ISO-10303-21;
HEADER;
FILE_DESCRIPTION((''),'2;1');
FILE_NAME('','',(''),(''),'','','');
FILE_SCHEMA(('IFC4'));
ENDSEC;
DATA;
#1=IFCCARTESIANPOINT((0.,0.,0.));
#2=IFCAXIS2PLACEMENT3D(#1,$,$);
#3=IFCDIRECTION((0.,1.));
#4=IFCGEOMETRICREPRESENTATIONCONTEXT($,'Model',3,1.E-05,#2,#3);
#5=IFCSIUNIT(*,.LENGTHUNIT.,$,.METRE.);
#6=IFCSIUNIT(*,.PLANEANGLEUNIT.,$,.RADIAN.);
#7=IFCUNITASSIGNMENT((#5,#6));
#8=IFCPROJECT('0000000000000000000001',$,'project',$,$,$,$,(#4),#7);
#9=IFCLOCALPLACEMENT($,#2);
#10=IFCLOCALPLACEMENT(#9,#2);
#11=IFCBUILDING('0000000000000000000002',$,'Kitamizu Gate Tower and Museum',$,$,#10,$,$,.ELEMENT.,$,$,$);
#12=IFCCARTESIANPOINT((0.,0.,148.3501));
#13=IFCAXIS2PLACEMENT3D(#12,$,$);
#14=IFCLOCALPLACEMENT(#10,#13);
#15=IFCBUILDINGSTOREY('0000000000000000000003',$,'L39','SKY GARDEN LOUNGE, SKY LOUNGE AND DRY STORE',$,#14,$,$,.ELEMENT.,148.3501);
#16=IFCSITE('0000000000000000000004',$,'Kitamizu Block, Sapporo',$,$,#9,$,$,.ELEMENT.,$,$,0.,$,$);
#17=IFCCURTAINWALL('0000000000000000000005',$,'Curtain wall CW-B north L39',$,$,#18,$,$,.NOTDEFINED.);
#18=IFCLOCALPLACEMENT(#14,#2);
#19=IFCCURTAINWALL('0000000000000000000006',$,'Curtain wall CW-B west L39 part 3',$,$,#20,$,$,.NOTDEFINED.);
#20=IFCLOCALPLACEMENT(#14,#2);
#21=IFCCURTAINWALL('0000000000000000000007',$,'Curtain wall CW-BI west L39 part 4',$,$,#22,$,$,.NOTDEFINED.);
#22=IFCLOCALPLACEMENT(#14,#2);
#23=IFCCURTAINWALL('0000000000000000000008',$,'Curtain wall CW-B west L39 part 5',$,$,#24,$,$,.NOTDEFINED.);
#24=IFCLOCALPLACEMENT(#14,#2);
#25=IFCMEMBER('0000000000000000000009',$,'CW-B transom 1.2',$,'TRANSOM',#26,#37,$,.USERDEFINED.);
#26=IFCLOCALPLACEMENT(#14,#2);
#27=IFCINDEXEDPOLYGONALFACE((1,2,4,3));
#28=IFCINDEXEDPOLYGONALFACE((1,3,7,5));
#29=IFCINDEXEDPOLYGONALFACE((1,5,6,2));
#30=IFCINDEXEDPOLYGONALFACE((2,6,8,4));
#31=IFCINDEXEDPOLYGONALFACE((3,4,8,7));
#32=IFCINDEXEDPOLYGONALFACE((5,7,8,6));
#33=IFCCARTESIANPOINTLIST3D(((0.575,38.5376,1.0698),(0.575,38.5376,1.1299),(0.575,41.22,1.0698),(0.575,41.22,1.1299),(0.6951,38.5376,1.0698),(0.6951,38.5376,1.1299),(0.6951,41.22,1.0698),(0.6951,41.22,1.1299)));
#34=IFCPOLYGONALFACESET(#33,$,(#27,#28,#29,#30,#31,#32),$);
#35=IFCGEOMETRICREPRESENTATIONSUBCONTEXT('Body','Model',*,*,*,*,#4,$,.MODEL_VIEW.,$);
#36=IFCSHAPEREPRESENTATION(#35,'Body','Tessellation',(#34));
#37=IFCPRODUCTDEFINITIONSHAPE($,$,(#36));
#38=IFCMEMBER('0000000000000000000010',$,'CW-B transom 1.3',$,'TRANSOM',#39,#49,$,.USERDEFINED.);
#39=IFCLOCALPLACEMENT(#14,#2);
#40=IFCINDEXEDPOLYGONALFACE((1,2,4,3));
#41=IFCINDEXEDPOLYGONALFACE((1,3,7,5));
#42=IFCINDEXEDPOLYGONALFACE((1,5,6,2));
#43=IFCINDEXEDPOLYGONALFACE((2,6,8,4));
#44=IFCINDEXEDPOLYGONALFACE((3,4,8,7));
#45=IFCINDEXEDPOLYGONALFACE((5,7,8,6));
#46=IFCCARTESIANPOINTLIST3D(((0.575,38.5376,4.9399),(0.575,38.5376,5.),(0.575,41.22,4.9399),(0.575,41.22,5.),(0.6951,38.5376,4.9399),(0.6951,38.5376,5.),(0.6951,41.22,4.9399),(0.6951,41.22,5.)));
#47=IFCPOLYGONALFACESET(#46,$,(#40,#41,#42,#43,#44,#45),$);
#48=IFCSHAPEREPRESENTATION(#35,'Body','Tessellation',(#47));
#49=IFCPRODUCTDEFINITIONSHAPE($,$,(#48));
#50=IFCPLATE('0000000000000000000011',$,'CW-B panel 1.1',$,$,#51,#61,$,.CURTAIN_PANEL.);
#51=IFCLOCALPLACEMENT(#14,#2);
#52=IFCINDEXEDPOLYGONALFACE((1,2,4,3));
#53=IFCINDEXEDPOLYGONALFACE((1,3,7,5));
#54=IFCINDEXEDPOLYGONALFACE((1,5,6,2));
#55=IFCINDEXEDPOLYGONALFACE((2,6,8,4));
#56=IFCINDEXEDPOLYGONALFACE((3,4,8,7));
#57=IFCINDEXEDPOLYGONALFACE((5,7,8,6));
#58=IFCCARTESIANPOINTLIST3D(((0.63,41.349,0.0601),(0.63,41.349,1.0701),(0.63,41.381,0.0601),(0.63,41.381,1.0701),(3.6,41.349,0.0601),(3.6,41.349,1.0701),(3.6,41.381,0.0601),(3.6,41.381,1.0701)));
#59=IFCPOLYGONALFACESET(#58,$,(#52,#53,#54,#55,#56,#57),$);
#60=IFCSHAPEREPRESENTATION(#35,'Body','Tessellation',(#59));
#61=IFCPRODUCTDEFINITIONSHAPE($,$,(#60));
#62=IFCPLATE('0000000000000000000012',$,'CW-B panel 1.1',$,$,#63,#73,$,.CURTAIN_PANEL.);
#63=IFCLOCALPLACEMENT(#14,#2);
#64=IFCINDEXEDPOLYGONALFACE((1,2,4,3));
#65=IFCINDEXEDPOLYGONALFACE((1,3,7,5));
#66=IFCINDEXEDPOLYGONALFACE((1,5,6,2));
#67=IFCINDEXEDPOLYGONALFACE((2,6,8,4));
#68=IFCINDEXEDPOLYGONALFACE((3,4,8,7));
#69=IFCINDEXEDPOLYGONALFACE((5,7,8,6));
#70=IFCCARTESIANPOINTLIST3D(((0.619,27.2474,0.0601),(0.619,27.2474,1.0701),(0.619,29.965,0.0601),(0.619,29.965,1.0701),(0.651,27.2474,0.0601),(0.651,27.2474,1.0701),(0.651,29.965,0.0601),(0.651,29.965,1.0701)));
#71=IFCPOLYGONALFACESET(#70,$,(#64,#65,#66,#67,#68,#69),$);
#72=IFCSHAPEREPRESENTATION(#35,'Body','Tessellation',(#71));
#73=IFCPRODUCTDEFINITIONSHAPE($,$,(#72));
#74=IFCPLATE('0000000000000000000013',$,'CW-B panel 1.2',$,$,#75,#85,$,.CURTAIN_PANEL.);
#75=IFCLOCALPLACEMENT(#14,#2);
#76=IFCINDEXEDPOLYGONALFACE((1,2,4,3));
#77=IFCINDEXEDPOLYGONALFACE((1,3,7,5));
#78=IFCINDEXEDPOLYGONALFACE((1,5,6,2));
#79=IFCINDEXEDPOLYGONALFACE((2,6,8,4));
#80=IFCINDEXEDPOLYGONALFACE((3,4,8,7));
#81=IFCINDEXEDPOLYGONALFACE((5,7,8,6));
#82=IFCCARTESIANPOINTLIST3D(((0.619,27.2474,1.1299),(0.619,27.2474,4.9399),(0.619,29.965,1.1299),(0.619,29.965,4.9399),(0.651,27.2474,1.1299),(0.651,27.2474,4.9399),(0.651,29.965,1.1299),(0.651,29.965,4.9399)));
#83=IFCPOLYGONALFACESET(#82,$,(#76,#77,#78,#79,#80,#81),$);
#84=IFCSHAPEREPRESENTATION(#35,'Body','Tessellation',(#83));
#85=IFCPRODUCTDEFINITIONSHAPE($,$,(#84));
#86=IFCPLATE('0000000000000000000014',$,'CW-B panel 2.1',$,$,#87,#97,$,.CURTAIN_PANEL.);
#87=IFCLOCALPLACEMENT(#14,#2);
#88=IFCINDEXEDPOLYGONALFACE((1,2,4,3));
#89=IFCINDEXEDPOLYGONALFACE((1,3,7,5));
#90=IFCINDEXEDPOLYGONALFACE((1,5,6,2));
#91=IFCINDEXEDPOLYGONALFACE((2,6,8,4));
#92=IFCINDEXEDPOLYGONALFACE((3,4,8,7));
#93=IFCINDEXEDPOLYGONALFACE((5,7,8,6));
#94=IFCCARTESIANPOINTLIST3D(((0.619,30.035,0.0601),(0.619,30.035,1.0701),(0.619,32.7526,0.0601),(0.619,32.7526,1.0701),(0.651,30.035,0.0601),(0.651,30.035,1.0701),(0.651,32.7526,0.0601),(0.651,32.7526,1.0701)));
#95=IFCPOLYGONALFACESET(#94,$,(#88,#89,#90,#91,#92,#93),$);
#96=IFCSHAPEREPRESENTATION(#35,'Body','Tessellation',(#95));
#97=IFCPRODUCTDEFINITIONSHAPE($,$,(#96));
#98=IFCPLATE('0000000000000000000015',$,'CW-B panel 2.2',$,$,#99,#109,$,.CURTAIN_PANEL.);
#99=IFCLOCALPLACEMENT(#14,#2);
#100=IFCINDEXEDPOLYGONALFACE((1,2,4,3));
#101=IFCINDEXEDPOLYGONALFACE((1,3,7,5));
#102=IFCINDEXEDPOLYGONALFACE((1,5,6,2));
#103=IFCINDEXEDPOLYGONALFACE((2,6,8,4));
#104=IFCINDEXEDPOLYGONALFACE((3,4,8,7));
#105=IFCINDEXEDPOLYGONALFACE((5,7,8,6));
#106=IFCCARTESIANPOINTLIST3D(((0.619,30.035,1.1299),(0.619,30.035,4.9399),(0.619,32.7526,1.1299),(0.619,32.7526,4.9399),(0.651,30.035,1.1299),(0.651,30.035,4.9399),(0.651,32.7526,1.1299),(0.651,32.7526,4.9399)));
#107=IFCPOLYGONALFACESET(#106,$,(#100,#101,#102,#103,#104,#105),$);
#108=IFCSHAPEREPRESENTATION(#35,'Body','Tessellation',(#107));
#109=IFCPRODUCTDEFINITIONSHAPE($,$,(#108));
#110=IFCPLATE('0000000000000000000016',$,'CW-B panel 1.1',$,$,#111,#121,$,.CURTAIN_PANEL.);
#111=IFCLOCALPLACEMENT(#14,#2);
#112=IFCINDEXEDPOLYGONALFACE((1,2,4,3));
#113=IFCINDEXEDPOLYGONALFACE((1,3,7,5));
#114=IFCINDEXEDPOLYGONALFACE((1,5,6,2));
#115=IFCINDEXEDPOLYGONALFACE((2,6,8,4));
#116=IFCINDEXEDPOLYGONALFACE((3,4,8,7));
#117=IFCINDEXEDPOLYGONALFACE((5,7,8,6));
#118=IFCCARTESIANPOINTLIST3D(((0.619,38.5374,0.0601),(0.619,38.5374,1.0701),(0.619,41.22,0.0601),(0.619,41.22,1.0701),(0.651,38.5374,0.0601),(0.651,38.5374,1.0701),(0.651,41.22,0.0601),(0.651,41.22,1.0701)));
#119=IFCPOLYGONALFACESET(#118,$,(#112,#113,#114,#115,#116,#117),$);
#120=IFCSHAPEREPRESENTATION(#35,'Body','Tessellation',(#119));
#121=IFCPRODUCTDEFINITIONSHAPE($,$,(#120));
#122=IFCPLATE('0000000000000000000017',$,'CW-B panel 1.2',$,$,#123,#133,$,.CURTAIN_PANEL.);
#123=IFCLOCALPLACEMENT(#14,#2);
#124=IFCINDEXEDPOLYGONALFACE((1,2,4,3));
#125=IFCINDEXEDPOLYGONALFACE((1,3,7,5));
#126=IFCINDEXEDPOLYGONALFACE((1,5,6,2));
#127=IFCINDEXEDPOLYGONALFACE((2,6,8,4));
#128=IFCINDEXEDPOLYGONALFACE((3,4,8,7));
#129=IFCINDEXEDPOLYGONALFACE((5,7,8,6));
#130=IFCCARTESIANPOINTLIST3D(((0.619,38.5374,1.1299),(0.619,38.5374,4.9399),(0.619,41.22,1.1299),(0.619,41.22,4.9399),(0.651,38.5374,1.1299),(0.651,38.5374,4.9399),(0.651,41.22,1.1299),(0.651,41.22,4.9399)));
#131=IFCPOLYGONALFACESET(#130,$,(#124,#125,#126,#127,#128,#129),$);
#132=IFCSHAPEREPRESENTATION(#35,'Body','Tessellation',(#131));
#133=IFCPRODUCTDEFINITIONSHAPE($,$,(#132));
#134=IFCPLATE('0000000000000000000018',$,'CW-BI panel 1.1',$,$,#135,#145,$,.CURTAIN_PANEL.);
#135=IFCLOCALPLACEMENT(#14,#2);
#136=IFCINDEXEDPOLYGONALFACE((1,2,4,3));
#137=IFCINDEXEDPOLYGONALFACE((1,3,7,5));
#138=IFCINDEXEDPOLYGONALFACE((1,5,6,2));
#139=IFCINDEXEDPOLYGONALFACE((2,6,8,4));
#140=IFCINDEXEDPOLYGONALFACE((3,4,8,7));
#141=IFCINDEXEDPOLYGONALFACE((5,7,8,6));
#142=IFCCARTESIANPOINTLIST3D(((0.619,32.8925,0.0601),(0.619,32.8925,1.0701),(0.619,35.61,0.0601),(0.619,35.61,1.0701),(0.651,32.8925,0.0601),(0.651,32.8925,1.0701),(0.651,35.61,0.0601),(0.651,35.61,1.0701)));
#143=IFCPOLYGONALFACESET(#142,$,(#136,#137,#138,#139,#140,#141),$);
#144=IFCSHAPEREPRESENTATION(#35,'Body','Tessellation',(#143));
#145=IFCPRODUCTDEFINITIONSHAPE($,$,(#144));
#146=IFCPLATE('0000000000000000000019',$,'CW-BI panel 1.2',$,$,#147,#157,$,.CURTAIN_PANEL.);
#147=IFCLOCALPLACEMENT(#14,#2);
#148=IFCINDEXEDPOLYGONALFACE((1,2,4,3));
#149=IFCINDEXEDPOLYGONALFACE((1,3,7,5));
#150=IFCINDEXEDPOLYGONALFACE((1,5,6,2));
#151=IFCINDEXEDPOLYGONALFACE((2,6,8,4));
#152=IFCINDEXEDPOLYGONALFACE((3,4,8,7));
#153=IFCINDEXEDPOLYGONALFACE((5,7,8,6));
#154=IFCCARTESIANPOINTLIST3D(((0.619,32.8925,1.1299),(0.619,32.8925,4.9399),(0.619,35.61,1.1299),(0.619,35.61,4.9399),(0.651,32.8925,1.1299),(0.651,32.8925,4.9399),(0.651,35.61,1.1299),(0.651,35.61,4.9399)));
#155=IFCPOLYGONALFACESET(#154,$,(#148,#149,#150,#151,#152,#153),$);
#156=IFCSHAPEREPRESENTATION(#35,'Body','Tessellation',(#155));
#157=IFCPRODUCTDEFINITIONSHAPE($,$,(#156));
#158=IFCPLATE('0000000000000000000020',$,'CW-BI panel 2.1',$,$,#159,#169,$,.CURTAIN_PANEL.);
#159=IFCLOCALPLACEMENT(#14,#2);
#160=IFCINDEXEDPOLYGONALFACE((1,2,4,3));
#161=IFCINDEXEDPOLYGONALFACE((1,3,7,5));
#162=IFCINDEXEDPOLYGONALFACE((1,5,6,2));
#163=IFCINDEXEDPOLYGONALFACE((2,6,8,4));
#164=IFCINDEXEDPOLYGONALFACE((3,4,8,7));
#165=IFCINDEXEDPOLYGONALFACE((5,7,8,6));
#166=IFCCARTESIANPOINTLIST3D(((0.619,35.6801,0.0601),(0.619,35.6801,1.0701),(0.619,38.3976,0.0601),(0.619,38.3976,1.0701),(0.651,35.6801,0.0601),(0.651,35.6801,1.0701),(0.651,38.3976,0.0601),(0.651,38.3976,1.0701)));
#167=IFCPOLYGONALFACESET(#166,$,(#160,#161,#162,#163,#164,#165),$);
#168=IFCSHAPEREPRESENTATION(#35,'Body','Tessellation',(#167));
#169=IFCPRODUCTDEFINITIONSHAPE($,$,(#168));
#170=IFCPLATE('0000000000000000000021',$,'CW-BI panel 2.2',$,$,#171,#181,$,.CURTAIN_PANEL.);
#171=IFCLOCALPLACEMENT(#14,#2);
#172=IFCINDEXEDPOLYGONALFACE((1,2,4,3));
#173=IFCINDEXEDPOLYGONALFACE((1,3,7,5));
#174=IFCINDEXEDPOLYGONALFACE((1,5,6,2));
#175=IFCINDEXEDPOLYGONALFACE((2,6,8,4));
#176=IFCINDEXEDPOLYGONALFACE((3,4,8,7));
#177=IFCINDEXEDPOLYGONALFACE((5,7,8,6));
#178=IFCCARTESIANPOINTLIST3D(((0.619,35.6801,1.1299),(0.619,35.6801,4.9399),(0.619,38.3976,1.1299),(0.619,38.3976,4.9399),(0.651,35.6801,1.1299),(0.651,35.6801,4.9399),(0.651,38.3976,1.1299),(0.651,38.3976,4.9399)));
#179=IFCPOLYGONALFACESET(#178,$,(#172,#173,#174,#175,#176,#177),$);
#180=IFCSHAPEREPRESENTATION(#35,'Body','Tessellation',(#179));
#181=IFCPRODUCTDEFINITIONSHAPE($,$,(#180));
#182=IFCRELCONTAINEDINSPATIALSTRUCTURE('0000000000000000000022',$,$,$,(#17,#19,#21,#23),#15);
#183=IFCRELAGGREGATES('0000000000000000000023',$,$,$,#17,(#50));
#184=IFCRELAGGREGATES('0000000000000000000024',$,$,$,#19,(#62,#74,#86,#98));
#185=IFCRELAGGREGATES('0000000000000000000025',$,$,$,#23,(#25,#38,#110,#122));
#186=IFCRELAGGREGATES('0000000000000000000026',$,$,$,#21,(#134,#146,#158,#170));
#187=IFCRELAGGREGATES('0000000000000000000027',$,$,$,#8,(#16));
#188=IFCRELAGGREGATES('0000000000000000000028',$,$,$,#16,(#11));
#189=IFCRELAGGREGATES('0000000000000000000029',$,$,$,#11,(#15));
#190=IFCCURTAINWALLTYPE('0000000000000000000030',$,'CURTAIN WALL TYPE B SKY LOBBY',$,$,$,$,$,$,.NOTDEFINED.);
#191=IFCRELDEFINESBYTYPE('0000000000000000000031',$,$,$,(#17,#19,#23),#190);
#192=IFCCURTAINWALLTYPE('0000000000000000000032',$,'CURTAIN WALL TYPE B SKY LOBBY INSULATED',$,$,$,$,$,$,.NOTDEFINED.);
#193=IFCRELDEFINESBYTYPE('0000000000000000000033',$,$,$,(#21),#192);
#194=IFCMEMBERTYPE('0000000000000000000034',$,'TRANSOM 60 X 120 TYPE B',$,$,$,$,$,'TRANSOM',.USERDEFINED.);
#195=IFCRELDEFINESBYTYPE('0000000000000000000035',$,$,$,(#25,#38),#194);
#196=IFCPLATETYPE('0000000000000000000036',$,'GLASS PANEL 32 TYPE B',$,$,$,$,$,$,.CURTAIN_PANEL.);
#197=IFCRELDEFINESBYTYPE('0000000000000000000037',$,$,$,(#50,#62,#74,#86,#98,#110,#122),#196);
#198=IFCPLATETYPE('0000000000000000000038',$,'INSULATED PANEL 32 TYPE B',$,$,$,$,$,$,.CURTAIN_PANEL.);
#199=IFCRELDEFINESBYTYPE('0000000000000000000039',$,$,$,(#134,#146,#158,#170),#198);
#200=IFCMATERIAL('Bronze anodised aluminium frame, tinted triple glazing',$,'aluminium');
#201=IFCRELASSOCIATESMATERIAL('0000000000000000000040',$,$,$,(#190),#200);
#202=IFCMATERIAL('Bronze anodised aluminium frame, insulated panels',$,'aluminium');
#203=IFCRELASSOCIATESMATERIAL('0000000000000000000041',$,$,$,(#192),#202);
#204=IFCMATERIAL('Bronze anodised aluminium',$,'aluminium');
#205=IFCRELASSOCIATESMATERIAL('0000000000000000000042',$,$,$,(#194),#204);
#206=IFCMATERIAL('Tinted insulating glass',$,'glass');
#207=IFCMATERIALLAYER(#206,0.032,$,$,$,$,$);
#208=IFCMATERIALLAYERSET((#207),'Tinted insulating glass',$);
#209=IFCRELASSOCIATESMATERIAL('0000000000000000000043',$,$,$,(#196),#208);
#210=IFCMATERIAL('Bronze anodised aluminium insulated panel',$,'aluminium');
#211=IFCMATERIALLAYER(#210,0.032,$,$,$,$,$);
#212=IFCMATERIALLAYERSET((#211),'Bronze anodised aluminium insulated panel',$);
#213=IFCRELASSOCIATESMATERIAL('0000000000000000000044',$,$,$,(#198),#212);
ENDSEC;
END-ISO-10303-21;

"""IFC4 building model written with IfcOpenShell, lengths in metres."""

from ifc_helpers import new_model, si_unit, direction, frame, origin, origin_2d, place, context, subcontext, project, spatial, rectangle, extrude, material, layer, layer_set, material_profile, profile_set, type_object, element, aggregate, save


model = new_model("IFC4")

# Units and contexts
model_context = context("Model", 3, precision=1e-05, world=origin(), true_north=direction((0.0, 1.0)))
body_context = subcontext(model_context, "Body", "Model", "MODEL_VIEW")
ifc_project = project(units=[si_unit("LENGTHUNIT", "METRE"), si_unit("PLANEANGLEUNIT", "RADIAN")], contexts=[model_context])

# Site, building, storey
site_placement = place(None, origin())
site = spatial("IfcSite", under=ifc_project, at=site_placement, Name="Kitamizu Block, Sapporo", CompositionType="ELEMENT", RefElevation=0.0)
building_placement = place(site_placement, origin())
building = spatial("IfcBuilding", under=site, at=building_placement, Name="Kitamizu Gate Tower and Museum", CompositionType="ELEMENT")
storey_placement = place(building_placement, frame((0.0, 0.0, 148.3501)))
storey = spatial("IfcBuildingStorey", under=building, at=storey_placement, Name="L39", Description="SKY GARDEN LOUNGE, SKY LOUNGE AND DRY STORE", CompositionType="ELEMENT", Elevation=148.3501)

# Curtain wall
ifc_material_1 = material(Name="Bronze anodised aluminium frame, tinted triple glazing", Category="aluminium")
curtain_wall_type_1 = type_object("IfcCurtainWallType", Name="CURTAIN WALL TYPE B SKY LOBBY", PredefinedType="NOTDEFINED", material=ifc_material_1)
curtain_wall_1_placement = place(storey_placement, origin())
curtain_wall_1 = element("IfcCurtainWall", 1, at=curtain_wall_1_placement, inside=storey, type_object=curtain_wall_type_1, Name="Curtain wall CW-B north L39", PredefinedType="NOTDEFINED")

# Curtain walls
curtain_wall_2_placement = place(storey_placement, origin())
curtain_wall_2 = element("IfcCurtainWall", 2, at=curtain_wall_2_placement, inside=storey, type_object=curtain_wall_type_1, Name="Curtain wall CW-B west L39 part 3", PredefinedType="NOTDEFINED")
ifc_material_2 = material(Name="Bronze anodised aluminium frame, insulated panels", Category="aluminium")
curtain_wall_type_2 = type_object("IfcCurtainWallType", Name="CURTAIN WALL TYPE B SKY LOBBY INSULATED", PredefinedType="NOTDEFINED", material=ifc_material_2)
curtain_wall_3_placement = place(storey_placement, origin())
curtain_wall_3 = element("IfcCurtainWall", 3, at=curtain_wall_3_placement, inside=storey, type_object=curtain_wall_type_2, Name="Curtain wall CW-BI west L39 part 4", PredefinedType="NOTDEFINED")
curtain_wall_4_placement = place(storey_placement, origin())
curtain_wall_4 = element("IfcCurtainWall", 4, at=curtain_wall_4_placement, inside=storey, type_object=curtain_wall_type_1, Name="Curtain wall CW-B west L39 part 5", PredefinedType="NOTDEFINED")

# Members
ifc_material_3 = material(Name="Bronze anodised aluminium", Category="aluminium")
ifc_material_profile_1 = material_profile(ifc_material_3, rectangle(XDim=0.1201, YDim=0.0601, at=origin_2d()), Name="AL 60X120")
ifc_profile_set_1 = profile_set([ifc_material_profile_1], Name="Bronze anodised aluminium")
member_type_1 = type_object("IfcMemberType", Name="TRANSOM 60 X 120 TYPE B", ElementType="TRANSOM", PredefinedType="USERDEFINED", material=ifc_profile_set_1)
member_1_placement = place(storey_placement, frame((0.635, 38.5376, 1.0999), z_axis=(0.0, 1.0, 0.0), x_axis=(-1.0, 0.0, 0.0)))
member_1 = element("IfcMember", 5, at=member_1_placement, type_object=member_type_1, Name="CW-B transom 1.2", ObjectType="TRANSOM", PredefinedType="USERDEFINED", context=body_context, shape_type="SweptSolid", body=[
    extrude(rectangle(XDim=0.1201, YDim=0.0601, at=origin_2d()), origin(), (0.0, 0.0, 1.0), 2.6824),
])
member_2_placement = place(storey_placement, frame((0.635, 38.5376, 4.97), z_axis=(0.0, 1.0, 0.0), x_axis=(-1.0, 0.0, 0.0)))
member_2 = element("IfcMember", 6, at=member_2_placement, type_object=member_type_1, Name="CW-B transom 1.3", ObjectType="TRANSOM", PredefinedType="USERDEFINED", context=body_context, shape_type="SweptSolid", body=[
    extrude(rectangle(XDim=0.1201, YDim=0.0601, at=origin_2d()), origin(), (0.0, 0.0, 1.0), 2.6824),
])

# Plates
ifc_material_4 = material(Name="Tinted insulating glass", Category="glass")
ifc_layer_1 = layer(ifc_material_4, 0.032)
ifc_layer_set_1 = layer_set([ifc_layer_1], Name="Tinted insulating glass")
plate_type_1 = type_object("IfcPlateType", Name="GLASS PANEL 32 TYPE B", PredefinedType="CURTAIN_PANEL", material=ifc_layer_set_1)
plate_1_placement = place(storey_placement, frame((2.115, 41.365, 0.0601), z_axis=(0.0, 0.0, 1.0), x_axis=(1.0, 0.0, 0.0)))
plate_1 = element("IfcPlate", 7, at=plate_1_placement, type_object=plate_type_1, Name="CW-B panel 1.1", PredefinedType="CURTAIN_PANEL", context=body_context, shape_type="SweptSolid", body=[
    extrude(rectangle(XDim=2.97, YDim=0.032, at=origin_2d()), origin(), (0.0, 0.0, 1.0), 1.01),
])
aggregate(curtain_wall_1, [plate_1])
plate_2_placement = place(storey_placement, frame((0.635, 28.6062, 0.0601), z_axis=(0.0, 0.0, 1.0), x_axis=(0.0, 1.0, 0.0)))
plate_2 = element("IfcPlate", 8, at=plate_2_placement, type_object=plate_type_1, Name="CW-B panel 1.1", PredefinedType="CURTAIN_PANEL", context=body_context, shape_type="SweptSolid", body=[
    extrude(rectangle(XDim=2.7175, YDim=0.032, at=origin_2d()), origin(), (0.0, 0.0, 1.0), 1.01),
])
plate_3_placement = place(storey_placement, frame((0.635, 28.6062, 1.1299), z_axis=(0.0, 0.0, 1.0), x_axis=(0.0, 1.0, 0.0)))
plate_3 = element("IfcPlate", 9, at=plate_3_placement, type_object=plate_type_1, Name="CW-B panel 1.2", PredefinedType="CURTAIN_PANEL", context=body_context, shape_type="SweptSolid", body=[
    extrude(rectangle(XDim=2.7175, YDim=0.032, at=origin_2d()), origin(), (0.0, 0.0, 1.0), 3.8101),
])
plate_4_placement = place(storey_placement, frame((0.635, 31.3938, 0.0601), z_axis=(0.0, 0.0, 1.0), x_axis=(0.0, 1.0, 0.0)))
plate_4 = element("IfcPlate", 10, at=plate_4_placement, type_object=plate_type_1, Name="CW-B panel 2.1", PredefinedType="CURTAIN_PANEL", context=body_context, shape_type="SweptSolid", body=[
    extrude(rectangle(XDim=2.7175, YDim=0.032, at=origin_2d()), origin(), (0.0, 0.0, 1.0), 1.01),
])
plate_5_placement = place(storey_placement, frame((0.635, 31.3938, 1.1299), z_axis=(0.0, 0.0, 1.0), x_axis=(0.0, 1.0, 0.0)))
plate_5 = element("IfcPlate", 11, at=plate_5_placement, type_object=plate_type_1, Name="CW-B panel 2.2", PredefinedType="CURTAIN_PANEL", context=body_context, shape_type="SweptSolid", body=[
    extrude(rectangle(XDim=2.7175, YDim=0.032, at=origin_2d()), origin(), (0.0, 0.0, 1.0), 3.8101),
])
aggregate(curtain_wall_2, [plate_2, plate_3, plate_4, plate_5])
plate_6_placement = place(storey_placement, frame((0.635, 39.8787, 0.0601), z_axis=(0.0, 0.0, 1.0), x_axis=(0.0, 1.0, 0.0)))
plate_6 = element("IfcPlate", 12, at=plate_6_placement, type_object=plate_type_1, Name="CW-B panel 1.1", PredefinedType="CURTAIN_PANEL", context=body_context, shape_type="SweptSolid", body=[
    extrude(rectangle(XDim=2.6826, YDim=0.032, at=origin_2d()), origin(), (0.0, 0.0, 1.0), 1.01),
])
plate_7_placement = place(storey_placement, frame((0.635, 39.8787, 1.1299), z_axis=(0.0, 0.0, 1.0), x_axis=(0.0, 1.0, 0.0)))
plate_7 = element("IfcPlate", 13, at=plate_7_placement, type_object=plate_type_1, Name="CW-B panel 1.2", PredefinedType="CURTAIN_PANEL", context=body_context, shape_type="SweptSolid", body=[
    extrude(rectangle(XDim=2.6826, YDim=0.032, at=origin_2d()), origin(), (0.0, 0.0, 1.0), 3.8101),
])
aggregate(curtain_wall_4, [member_1, member_2, plate_6, plate_7])
ifc_material_5 = material(Name="Bronze anodised aluminium insulated panel", Category="aluminium")
ifc_layer_2 = layer(ifc_material_5, 0.032)
ifc_layer_set_2 = layer_set([ifc_layer_2], Name="Bronze anodised aluminium insulated panel")
plate_type_2 = type_object("IfcPlateType", Name="INSULATED PANEL 32 TYPE B", PredefinedType="CURTAIN_PANEL", material=ifc_layer_set_2)
plate_8_placement = place(storey_placement, frame((0.635, 34.2512, 0.0601), z_axis=(0.0, 0.0, 1.0), x_axis=(0.0, 1.0, 0.0)))
plate_8 = element("IfcPlate", 14, at=plate_8_placement, type_object=plate_type_2, Name="CW-BI panel 1.1", PredefinedType="CURTAIN_PANEL", context=body_context, shape_type="SweptSolid", body=[
    extrude(rectangle(XDim=2.7175, YDim=0.032, at=origin_2d()), origin(), (0.0, 0.0, 1.0), 1.01),
])
plate_9_placement = place(storey_placement, frame((0.635, 34.2512, 1.1299), z_axis=(0.0, 0.0, 1.0), x_axis=(0.0, 1.0, 0.0)))
plate_9 = element("IfcPlate", 15, at=plate_9_placement, type_object=plate_type_2, Name="CW-BI panel 1.2", PredefinedType="CURTAIN_PANEL", context=body_context, shape_type="SweptSolid", body=[
    extrude(rectangle(XDim=2.7175, YDim=0.032, at=origin_2d()), origin(), (0.0, 0.0, 1.0), 3.8101),
])
plate_10_placement = place(storey_placement, frame((0.635, 37.0388, 0.0601), z_axis=(0.0, 0.0, 1.0), x_axis=(0.0, 1.0, 0.0)))
plate_10 = element("IfcPlate", 16, at=plate_10_placement, type_object=plate_type_2, Name="CW-BI panel 2.1", PredefinedType="CURTAIN_PANEL", context=body_context, shape_type="SweptSolid", body=[
    extrude(rectangle(XDim=2.7175, YDim=0.032, at=origin_2d()), origin(), (0.0, 0.0, 1.0), 1.01),
])
plate_11_placement = place(storey_placement, frame((0.635, 37.0388, 1.1299), z_axis=(0.0, 0.0, 1.0), x_axis=(0.0, 1.0, 0.0)))
plate_11 = element("IfcPlate", 17, at=plate_11_placement, type_object=plate_type_2, Name="CW-BI panel 2.2", PredefinedType="CURTAIN_PANEL", context=body_context, shape_type="SweptSolid", body=[
    extrude(rectangle(XDim=2.7175, YDim=0.032, at=origin_2d()), origin(), (0.0, 0.0, 1.0), 3.8101),
])
aggregate(curtain_wall_3, [plate_8, plate_9, plate_10, plate_11])

save(model, "model.ifc")
